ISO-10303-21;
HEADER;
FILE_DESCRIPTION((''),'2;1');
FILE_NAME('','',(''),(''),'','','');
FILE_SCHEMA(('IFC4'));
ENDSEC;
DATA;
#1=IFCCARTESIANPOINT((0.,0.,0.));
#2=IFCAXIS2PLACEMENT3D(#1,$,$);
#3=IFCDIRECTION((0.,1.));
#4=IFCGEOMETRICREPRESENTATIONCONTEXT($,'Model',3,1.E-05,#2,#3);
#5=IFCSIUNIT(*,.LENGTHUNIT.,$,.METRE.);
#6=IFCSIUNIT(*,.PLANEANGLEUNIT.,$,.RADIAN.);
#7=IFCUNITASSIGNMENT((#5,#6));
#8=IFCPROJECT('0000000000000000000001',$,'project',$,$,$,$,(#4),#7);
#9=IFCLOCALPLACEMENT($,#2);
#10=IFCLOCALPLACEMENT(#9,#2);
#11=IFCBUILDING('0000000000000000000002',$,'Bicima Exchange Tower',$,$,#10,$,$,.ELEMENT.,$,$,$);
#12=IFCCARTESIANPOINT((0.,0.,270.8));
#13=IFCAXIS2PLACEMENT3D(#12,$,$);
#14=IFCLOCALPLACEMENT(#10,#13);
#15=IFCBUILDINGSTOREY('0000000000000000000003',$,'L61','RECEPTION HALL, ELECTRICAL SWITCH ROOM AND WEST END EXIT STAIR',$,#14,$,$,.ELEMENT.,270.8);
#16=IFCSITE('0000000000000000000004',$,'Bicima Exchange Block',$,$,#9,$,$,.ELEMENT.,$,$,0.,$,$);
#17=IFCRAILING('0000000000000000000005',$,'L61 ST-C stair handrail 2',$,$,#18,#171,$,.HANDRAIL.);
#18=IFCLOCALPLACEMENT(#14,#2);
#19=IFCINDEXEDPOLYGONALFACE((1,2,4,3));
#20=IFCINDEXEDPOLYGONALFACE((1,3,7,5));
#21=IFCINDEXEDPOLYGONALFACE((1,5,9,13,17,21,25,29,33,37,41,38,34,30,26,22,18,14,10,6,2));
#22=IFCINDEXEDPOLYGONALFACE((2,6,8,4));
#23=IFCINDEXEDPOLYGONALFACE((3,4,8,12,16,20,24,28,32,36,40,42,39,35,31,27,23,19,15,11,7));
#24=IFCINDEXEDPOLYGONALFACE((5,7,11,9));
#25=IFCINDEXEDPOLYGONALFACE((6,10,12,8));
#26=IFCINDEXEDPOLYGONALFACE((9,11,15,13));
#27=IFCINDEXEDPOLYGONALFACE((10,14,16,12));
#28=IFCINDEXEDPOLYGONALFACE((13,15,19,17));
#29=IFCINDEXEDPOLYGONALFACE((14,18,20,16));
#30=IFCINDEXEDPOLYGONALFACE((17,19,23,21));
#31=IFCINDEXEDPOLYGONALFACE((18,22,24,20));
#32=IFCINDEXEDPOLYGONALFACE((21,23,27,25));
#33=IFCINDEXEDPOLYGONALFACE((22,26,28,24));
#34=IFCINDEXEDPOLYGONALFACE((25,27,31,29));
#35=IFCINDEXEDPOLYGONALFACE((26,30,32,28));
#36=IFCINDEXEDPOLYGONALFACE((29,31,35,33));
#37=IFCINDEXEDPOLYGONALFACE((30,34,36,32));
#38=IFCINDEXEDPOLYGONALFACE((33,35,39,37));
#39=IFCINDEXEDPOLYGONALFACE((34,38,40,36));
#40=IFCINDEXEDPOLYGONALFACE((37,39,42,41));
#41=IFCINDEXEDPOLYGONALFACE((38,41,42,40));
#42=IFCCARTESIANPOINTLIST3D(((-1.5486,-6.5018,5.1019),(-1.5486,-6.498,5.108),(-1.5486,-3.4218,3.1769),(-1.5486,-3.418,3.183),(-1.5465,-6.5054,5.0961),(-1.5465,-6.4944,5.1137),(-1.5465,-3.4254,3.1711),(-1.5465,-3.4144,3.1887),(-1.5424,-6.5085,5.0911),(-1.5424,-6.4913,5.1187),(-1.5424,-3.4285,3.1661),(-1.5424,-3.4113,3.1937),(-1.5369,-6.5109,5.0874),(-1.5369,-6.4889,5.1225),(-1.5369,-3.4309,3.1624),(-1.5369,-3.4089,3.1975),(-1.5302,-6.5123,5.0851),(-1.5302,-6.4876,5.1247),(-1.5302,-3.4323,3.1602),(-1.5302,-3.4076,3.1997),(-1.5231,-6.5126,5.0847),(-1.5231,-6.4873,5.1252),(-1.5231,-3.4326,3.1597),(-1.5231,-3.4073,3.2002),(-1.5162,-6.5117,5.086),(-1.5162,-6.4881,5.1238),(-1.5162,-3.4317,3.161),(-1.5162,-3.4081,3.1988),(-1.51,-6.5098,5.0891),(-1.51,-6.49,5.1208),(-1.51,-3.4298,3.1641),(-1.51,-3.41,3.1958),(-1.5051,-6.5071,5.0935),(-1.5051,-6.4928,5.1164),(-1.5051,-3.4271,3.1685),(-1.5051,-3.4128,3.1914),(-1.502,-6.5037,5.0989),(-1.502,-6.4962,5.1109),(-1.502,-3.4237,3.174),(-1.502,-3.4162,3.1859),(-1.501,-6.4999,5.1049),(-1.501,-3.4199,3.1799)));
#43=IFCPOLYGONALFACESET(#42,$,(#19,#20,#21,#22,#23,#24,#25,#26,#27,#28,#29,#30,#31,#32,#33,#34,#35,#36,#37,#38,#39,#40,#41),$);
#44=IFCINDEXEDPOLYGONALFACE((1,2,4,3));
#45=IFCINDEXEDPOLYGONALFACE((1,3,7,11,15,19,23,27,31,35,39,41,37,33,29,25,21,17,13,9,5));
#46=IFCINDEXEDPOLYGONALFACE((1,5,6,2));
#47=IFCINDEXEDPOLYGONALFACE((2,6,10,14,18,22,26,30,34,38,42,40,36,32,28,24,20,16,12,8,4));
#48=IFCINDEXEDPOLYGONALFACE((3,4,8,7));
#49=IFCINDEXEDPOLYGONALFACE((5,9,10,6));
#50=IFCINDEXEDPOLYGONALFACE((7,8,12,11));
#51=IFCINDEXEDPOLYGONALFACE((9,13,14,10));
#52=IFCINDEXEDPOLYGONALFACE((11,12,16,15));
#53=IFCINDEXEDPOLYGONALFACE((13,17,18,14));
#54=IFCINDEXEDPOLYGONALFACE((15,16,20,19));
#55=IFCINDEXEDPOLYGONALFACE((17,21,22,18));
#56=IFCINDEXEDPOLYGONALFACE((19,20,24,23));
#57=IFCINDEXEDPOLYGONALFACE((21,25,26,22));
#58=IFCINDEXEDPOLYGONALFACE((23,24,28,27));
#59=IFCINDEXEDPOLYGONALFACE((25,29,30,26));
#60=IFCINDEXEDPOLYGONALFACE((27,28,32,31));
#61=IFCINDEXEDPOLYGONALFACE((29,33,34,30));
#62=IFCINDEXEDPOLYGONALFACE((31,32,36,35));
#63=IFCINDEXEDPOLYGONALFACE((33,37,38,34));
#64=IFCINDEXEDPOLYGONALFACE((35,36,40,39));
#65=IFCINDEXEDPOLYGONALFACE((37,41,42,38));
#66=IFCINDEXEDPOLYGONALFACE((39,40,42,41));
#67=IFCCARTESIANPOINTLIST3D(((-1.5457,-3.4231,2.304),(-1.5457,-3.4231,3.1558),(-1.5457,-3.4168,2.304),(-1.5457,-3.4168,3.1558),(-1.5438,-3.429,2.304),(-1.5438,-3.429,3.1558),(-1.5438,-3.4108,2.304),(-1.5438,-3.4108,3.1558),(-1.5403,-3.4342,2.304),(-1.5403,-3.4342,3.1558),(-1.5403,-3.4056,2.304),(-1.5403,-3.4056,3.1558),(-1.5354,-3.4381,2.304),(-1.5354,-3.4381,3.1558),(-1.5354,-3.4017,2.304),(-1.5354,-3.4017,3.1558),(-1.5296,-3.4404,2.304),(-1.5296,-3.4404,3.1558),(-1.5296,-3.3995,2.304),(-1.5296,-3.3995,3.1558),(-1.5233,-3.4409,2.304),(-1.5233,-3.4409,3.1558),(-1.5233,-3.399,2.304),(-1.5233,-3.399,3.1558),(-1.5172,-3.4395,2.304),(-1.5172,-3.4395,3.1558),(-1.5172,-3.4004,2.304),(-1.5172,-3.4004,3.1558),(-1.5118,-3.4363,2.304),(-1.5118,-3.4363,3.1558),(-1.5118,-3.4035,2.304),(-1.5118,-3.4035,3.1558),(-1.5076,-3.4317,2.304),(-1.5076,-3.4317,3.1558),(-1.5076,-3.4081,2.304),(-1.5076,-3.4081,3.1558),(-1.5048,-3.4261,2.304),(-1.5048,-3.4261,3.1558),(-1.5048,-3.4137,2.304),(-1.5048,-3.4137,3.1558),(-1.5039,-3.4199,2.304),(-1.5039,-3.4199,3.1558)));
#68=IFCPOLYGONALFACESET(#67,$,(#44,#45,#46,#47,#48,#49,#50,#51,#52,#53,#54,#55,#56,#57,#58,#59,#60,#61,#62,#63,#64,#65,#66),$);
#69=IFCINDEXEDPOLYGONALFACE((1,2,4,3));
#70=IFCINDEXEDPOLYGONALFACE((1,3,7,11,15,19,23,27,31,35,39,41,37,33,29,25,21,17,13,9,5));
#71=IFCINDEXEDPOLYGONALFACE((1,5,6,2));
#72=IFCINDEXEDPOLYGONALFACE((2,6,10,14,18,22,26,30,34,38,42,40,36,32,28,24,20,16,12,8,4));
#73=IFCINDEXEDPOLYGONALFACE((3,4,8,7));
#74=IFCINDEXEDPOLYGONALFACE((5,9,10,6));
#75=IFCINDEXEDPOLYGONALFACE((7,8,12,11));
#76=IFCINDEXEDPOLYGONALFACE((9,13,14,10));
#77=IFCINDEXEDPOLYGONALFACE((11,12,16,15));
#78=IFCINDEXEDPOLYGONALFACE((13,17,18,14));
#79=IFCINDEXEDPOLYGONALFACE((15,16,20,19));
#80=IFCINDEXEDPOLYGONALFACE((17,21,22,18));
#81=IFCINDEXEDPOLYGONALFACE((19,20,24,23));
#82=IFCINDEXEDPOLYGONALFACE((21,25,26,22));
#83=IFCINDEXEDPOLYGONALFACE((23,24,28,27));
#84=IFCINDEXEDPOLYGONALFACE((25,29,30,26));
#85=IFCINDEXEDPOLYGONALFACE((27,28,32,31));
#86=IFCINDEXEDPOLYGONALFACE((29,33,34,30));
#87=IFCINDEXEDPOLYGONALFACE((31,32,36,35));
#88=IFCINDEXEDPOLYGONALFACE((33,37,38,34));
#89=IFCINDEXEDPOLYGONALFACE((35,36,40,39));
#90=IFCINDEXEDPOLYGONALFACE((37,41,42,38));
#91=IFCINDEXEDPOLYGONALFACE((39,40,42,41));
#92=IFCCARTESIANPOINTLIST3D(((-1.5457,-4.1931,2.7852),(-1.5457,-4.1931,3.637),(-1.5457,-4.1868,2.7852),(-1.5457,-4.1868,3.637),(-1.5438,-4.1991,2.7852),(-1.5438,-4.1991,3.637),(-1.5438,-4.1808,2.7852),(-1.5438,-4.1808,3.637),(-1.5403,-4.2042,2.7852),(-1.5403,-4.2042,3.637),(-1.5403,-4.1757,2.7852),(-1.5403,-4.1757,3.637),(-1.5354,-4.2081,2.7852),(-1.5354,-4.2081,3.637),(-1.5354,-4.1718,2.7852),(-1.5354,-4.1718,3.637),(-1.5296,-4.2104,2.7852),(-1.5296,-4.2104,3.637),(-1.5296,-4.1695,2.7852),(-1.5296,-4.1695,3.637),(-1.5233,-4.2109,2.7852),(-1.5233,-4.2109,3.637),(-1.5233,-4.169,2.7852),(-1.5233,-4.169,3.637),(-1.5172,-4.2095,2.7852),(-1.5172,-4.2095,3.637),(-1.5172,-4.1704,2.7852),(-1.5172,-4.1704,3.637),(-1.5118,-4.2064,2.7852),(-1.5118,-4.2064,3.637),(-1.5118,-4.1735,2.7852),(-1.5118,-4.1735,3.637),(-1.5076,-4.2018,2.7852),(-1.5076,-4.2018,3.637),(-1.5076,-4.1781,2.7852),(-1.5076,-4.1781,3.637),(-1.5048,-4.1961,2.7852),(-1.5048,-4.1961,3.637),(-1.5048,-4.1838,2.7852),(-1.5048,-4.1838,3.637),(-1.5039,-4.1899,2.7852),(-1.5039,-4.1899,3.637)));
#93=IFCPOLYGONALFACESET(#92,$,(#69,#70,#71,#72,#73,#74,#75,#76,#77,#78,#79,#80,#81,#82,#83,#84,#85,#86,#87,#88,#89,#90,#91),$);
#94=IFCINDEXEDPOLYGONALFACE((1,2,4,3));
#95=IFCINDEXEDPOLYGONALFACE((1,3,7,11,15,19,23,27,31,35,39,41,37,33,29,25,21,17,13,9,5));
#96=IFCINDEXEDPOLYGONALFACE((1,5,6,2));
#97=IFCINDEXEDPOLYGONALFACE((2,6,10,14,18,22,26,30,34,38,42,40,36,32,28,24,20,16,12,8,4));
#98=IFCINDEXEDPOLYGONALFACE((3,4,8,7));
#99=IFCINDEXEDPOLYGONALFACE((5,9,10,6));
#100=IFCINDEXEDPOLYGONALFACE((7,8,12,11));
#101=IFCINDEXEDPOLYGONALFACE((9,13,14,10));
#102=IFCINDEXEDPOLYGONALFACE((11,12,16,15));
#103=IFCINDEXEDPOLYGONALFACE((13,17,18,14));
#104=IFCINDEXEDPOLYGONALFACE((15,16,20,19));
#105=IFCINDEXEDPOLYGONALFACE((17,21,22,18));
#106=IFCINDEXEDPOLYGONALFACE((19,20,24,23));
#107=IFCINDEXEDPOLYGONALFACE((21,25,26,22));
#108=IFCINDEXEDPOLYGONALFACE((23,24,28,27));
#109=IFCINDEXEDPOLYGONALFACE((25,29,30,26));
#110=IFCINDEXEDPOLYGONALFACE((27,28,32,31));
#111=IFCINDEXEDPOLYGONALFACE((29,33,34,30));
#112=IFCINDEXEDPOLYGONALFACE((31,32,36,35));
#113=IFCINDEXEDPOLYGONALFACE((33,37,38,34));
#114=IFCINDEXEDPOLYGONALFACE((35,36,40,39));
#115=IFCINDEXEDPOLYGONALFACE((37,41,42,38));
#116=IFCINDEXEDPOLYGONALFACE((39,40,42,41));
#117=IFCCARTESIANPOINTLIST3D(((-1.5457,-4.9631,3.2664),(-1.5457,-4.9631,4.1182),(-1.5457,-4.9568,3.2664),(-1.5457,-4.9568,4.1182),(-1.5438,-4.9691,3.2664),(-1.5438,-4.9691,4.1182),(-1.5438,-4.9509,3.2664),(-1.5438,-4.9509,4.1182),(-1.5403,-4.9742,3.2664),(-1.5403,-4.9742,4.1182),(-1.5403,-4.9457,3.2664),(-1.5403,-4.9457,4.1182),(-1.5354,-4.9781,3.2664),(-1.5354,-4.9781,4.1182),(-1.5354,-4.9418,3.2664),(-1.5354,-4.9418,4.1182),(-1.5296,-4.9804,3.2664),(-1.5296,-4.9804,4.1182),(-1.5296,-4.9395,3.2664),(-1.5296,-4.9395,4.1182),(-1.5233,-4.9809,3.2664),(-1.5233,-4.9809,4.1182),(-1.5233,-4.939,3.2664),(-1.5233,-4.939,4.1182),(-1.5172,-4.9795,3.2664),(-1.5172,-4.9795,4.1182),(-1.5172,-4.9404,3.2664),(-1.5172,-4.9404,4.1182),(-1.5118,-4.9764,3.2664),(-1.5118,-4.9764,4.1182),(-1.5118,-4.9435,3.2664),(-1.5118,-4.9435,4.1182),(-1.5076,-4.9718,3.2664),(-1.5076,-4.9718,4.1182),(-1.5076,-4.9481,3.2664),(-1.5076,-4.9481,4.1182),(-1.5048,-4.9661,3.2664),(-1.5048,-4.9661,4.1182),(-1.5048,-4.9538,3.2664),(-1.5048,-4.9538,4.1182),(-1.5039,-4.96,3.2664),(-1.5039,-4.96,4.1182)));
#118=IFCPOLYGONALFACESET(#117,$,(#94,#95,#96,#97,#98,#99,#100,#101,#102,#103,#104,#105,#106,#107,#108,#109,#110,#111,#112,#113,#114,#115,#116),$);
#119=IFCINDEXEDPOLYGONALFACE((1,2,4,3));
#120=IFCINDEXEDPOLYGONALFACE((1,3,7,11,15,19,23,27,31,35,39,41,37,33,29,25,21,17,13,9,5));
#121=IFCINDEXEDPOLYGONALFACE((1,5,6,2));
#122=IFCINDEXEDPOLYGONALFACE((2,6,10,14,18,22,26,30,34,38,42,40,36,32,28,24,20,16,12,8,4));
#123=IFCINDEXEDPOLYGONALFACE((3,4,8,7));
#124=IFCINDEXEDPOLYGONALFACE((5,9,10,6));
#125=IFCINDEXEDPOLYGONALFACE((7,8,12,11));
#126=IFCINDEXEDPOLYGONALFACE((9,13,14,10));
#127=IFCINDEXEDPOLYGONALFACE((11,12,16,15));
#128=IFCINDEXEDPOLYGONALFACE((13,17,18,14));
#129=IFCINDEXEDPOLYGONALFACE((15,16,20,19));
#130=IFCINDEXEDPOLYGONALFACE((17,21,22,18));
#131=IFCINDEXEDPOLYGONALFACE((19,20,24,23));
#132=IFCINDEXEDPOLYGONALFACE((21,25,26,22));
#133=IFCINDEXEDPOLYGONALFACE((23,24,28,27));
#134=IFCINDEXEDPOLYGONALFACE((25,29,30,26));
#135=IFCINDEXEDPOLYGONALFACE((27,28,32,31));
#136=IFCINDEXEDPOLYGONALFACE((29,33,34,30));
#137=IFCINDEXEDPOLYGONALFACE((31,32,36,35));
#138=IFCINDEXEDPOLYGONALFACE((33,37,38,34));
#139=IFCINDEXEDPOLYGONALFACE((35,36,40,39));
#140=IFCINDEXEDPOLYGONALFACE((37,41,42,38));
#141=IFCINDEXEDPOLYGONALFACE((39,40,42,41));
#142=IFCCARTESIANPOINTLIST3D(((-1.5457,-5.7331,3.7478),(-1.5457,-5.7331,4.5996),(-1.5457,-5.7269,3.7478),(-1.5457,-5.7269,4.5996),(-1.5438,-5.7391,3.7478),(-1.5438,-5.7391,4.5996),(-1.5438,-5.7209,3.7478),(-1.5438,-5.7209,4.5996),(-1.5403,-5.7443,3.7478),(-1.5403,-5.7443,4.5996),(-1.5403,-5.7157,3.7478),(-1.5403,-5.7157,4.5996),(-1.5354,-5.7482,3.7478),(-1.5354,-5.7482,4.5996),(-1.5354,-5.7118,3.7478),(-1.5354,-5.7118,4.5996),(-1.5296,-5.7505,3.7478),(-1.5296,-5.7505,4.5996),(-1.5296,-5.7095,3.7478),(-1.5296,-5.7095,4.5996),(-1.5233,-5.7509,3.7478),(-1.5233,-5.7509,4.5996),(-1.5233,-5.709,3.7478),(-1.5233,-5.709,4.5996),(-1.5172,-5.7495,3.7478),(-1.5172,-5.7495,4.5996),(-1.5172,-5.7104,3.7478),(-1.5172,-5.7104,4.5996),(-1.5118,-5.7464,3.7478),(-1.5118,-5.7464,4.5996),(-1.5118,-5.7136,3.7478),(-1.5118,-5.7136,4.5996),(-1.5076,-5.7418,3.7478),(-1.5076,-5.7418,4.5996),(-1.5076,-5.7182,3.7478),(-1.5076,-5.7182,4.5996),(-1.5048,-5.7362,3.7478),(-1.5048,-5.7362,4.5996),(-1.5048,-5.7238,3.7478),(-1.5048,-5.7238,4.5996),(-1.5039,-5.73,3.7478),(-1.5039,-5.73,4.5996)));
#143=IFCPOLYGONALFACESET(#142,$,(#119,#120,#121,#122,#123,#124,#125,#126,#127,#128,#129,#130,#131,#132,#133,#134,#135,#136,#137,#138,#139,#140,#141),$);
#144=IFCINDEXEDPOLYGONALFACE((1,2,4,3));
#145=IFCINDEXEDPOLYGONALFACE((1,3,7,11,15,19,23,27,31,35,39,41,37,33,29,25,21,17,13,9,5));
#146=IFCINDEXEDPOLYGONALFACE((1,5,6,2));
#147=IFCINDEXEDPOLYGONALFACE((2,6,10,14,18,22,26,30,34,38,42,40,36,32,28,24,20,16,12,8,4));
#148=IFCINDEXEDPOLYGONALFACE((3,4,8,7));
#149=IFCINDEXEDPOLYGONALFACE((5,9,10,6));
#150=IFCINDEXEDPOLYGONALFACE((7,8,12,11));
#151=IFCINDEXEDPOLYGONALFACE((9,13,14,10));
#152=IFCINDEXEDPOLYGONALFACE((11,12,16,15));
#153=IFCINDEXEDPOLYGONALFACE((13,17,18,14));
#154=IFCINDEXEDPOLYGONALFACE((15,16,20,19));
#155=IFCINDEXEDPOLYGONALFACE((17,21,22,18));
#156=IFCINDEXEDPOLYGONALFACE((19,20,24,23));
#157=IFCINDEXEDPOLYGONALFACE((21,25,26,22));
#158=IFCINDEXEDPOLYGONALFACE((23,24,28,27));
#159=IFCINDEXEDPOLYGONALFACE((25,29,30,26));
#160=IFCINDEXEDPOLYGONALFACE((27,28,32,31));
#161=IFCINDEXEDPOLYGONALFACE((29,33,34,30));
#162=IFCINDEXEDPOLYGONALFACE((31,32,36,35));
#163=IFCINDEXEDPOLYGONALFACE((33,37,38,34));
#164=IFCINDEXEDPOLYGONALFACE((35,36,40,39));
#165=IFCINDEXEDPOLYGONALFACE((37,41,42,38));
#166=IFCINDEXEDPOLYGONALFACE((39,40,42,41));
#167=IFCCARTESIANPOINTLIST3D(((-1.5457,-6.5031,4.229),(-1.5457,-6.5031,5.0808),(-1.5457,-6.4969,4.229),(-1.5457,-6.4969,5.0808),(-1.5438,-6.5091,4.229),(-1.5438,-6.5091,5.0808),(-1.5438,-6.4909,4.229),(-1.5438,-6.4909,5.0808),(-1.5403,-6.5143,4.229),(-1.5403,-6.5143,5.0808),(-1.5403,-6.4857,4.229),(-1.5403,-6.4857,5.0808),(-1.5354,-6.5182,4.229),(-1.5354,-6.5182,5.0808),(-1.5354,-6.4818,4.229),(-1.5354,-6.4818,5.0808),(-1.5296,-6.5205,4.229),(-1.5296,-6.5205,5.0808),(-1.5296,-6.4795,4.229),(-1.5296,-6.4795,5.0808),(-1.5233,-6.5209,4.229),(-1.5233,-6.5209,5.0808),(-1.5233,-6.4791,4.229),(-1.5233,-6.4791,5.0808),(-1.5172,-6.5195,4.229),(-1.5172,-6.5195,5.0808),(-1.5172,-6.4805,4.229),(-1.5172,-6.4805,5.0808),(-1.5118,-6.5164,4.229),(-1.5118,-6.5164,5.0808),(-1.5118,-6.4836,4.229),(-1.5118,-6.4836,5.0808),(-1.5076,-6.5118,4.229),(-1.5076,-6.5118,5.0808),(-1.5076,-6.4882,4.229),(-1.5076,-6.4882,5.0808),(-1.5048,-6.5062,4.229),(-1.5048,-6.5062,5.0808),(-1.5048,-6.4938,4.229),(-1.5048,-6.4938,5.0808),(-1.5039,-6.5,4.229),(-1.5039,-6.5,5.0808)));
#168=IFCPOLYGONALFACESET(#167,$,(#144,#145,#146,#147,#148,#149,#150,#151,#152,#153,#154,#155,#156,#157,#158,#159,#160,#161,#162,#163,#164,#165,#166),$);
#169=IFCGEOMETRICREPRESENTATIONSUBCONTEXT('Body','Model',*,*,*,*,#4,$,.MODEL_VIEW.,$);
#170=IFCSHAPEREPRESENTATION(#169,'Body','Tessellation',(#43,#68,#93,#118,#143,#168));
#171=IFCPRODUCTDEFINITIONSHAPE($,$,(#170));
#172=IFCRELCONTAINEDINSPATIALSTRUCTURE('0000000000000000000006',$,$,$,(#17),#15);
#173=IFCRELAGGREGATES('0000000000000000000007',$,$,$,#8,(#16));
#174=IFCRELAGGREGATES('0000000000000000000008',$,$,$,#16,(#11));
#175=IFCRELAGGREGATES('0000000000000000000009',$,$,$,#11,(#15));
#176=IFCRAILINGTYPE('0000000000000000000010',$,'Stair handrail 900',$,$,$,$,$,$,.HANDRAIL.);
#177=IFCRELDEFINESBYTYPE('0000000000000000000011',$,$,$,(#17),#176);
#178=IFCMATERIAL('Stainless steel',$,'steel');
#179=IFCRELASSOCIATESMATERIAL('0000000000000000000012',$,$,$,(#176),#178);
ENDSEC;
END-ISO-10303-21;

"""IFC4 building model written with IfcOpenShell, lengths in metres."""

from ifc_helpers import new_model, si_unit, direction, frame, origin, origin_2d, place, context, subcontext, project, spatial, circle, extrude, material, type_object, element, save


model = new_model("IFC4")

# Units and contexts
model_context = context("Model", 3, precision=1e-05, world=origin(), true_north=direction((0.0, 1.0)))
body_context = subcontext(model_context, "Body", "Model", "MODEL_VIEW")
ifc_project = project(units=[si_unit("LENGTHUNIT", "METRE"), si_unit("PLANEANGLEUNIT", "RADIAN")], contexts=[model_context])

# Site, building, storey
site_placement = place(None, origin())
site = spatial("IfcSite", under=ifc_project, at=site_placement, Name="Bicima Exchange Block", CompositionType="ELEMENT", RefElevation=0.0)
building_placement = place(site_placement, origin())
building = spatial("IfcBuilding", under=site, at=building_placement, Name="Bicima Exchange Tower", CompositionType="ELEMENT")
storey_placement = place(building_placement, frame((0.0, 0.0, 270.8)))
storey = spatial("IfcBuildingStorey", under=building, at=storey_placement, Name="L61", Description="RECEPTION HALL, ELECTRICAL SWITCH ROOM AND WEST END EXIT STAIR", CompositionType="ELEMENT", Elevation=270.8)

# Railing
ifc_material_1 = material(Name="Stainless steel", Category="steel")
railing_type = type_object("IfcRailingType", Name="Stair handrail 900", PredefinedType="HANDRAIL", material=ifc_material_1)
railing_placement = place(storey_placement, frame((-1.5249, -3.4199, 2.304)))
element("IfcRailing", 1, at=railing_placement, inside=storey, type_object=railing_type, Name="L61 ST-C stair handrail 2", PredefinedType="HANDRAIL", context=body_context, shape_type="SweptSolid", body=[
    extrude(circle(Radius=0.0239, at=origin_2d()), frame((0.0, 0.0, 0.876), z_axis=(0.0, -0.847998, 0.529999), x_axis=(1.0, 0.0, 0.0)), (0.0, 0.0, 1.0), 3.6321),
    extrude(circle(Radius=0.021, at=origin_2d()), origin(), (0.0, 0.0, 1.0), 0.8518),
    extrude(circle(Radius=0.021, at=origin_2d()), frame((0.0, -0.77, 0.4812)), (0.0, 0.0, 1.0), 0.8518),
    extrude(circle(Radius=0.021, at=origin_2d()), frame((0.0, -1.54, 0.9624)), (0.0, 0.0, 1.0), 0.8518),
    extrude(circle(Radius=0.021, at=origin_2d()), frame((0.0, -2.3101, 1.4438)), (0.0, 0.0, 1.0), 0.8518),
    extrude(circle(Radius=0.021, at=origin_2d()), frame((0.0, -3.0801, 1.925)), (0.0, 0.0, 1.0), 0.8518),
])

save(model, "model.ifc")
